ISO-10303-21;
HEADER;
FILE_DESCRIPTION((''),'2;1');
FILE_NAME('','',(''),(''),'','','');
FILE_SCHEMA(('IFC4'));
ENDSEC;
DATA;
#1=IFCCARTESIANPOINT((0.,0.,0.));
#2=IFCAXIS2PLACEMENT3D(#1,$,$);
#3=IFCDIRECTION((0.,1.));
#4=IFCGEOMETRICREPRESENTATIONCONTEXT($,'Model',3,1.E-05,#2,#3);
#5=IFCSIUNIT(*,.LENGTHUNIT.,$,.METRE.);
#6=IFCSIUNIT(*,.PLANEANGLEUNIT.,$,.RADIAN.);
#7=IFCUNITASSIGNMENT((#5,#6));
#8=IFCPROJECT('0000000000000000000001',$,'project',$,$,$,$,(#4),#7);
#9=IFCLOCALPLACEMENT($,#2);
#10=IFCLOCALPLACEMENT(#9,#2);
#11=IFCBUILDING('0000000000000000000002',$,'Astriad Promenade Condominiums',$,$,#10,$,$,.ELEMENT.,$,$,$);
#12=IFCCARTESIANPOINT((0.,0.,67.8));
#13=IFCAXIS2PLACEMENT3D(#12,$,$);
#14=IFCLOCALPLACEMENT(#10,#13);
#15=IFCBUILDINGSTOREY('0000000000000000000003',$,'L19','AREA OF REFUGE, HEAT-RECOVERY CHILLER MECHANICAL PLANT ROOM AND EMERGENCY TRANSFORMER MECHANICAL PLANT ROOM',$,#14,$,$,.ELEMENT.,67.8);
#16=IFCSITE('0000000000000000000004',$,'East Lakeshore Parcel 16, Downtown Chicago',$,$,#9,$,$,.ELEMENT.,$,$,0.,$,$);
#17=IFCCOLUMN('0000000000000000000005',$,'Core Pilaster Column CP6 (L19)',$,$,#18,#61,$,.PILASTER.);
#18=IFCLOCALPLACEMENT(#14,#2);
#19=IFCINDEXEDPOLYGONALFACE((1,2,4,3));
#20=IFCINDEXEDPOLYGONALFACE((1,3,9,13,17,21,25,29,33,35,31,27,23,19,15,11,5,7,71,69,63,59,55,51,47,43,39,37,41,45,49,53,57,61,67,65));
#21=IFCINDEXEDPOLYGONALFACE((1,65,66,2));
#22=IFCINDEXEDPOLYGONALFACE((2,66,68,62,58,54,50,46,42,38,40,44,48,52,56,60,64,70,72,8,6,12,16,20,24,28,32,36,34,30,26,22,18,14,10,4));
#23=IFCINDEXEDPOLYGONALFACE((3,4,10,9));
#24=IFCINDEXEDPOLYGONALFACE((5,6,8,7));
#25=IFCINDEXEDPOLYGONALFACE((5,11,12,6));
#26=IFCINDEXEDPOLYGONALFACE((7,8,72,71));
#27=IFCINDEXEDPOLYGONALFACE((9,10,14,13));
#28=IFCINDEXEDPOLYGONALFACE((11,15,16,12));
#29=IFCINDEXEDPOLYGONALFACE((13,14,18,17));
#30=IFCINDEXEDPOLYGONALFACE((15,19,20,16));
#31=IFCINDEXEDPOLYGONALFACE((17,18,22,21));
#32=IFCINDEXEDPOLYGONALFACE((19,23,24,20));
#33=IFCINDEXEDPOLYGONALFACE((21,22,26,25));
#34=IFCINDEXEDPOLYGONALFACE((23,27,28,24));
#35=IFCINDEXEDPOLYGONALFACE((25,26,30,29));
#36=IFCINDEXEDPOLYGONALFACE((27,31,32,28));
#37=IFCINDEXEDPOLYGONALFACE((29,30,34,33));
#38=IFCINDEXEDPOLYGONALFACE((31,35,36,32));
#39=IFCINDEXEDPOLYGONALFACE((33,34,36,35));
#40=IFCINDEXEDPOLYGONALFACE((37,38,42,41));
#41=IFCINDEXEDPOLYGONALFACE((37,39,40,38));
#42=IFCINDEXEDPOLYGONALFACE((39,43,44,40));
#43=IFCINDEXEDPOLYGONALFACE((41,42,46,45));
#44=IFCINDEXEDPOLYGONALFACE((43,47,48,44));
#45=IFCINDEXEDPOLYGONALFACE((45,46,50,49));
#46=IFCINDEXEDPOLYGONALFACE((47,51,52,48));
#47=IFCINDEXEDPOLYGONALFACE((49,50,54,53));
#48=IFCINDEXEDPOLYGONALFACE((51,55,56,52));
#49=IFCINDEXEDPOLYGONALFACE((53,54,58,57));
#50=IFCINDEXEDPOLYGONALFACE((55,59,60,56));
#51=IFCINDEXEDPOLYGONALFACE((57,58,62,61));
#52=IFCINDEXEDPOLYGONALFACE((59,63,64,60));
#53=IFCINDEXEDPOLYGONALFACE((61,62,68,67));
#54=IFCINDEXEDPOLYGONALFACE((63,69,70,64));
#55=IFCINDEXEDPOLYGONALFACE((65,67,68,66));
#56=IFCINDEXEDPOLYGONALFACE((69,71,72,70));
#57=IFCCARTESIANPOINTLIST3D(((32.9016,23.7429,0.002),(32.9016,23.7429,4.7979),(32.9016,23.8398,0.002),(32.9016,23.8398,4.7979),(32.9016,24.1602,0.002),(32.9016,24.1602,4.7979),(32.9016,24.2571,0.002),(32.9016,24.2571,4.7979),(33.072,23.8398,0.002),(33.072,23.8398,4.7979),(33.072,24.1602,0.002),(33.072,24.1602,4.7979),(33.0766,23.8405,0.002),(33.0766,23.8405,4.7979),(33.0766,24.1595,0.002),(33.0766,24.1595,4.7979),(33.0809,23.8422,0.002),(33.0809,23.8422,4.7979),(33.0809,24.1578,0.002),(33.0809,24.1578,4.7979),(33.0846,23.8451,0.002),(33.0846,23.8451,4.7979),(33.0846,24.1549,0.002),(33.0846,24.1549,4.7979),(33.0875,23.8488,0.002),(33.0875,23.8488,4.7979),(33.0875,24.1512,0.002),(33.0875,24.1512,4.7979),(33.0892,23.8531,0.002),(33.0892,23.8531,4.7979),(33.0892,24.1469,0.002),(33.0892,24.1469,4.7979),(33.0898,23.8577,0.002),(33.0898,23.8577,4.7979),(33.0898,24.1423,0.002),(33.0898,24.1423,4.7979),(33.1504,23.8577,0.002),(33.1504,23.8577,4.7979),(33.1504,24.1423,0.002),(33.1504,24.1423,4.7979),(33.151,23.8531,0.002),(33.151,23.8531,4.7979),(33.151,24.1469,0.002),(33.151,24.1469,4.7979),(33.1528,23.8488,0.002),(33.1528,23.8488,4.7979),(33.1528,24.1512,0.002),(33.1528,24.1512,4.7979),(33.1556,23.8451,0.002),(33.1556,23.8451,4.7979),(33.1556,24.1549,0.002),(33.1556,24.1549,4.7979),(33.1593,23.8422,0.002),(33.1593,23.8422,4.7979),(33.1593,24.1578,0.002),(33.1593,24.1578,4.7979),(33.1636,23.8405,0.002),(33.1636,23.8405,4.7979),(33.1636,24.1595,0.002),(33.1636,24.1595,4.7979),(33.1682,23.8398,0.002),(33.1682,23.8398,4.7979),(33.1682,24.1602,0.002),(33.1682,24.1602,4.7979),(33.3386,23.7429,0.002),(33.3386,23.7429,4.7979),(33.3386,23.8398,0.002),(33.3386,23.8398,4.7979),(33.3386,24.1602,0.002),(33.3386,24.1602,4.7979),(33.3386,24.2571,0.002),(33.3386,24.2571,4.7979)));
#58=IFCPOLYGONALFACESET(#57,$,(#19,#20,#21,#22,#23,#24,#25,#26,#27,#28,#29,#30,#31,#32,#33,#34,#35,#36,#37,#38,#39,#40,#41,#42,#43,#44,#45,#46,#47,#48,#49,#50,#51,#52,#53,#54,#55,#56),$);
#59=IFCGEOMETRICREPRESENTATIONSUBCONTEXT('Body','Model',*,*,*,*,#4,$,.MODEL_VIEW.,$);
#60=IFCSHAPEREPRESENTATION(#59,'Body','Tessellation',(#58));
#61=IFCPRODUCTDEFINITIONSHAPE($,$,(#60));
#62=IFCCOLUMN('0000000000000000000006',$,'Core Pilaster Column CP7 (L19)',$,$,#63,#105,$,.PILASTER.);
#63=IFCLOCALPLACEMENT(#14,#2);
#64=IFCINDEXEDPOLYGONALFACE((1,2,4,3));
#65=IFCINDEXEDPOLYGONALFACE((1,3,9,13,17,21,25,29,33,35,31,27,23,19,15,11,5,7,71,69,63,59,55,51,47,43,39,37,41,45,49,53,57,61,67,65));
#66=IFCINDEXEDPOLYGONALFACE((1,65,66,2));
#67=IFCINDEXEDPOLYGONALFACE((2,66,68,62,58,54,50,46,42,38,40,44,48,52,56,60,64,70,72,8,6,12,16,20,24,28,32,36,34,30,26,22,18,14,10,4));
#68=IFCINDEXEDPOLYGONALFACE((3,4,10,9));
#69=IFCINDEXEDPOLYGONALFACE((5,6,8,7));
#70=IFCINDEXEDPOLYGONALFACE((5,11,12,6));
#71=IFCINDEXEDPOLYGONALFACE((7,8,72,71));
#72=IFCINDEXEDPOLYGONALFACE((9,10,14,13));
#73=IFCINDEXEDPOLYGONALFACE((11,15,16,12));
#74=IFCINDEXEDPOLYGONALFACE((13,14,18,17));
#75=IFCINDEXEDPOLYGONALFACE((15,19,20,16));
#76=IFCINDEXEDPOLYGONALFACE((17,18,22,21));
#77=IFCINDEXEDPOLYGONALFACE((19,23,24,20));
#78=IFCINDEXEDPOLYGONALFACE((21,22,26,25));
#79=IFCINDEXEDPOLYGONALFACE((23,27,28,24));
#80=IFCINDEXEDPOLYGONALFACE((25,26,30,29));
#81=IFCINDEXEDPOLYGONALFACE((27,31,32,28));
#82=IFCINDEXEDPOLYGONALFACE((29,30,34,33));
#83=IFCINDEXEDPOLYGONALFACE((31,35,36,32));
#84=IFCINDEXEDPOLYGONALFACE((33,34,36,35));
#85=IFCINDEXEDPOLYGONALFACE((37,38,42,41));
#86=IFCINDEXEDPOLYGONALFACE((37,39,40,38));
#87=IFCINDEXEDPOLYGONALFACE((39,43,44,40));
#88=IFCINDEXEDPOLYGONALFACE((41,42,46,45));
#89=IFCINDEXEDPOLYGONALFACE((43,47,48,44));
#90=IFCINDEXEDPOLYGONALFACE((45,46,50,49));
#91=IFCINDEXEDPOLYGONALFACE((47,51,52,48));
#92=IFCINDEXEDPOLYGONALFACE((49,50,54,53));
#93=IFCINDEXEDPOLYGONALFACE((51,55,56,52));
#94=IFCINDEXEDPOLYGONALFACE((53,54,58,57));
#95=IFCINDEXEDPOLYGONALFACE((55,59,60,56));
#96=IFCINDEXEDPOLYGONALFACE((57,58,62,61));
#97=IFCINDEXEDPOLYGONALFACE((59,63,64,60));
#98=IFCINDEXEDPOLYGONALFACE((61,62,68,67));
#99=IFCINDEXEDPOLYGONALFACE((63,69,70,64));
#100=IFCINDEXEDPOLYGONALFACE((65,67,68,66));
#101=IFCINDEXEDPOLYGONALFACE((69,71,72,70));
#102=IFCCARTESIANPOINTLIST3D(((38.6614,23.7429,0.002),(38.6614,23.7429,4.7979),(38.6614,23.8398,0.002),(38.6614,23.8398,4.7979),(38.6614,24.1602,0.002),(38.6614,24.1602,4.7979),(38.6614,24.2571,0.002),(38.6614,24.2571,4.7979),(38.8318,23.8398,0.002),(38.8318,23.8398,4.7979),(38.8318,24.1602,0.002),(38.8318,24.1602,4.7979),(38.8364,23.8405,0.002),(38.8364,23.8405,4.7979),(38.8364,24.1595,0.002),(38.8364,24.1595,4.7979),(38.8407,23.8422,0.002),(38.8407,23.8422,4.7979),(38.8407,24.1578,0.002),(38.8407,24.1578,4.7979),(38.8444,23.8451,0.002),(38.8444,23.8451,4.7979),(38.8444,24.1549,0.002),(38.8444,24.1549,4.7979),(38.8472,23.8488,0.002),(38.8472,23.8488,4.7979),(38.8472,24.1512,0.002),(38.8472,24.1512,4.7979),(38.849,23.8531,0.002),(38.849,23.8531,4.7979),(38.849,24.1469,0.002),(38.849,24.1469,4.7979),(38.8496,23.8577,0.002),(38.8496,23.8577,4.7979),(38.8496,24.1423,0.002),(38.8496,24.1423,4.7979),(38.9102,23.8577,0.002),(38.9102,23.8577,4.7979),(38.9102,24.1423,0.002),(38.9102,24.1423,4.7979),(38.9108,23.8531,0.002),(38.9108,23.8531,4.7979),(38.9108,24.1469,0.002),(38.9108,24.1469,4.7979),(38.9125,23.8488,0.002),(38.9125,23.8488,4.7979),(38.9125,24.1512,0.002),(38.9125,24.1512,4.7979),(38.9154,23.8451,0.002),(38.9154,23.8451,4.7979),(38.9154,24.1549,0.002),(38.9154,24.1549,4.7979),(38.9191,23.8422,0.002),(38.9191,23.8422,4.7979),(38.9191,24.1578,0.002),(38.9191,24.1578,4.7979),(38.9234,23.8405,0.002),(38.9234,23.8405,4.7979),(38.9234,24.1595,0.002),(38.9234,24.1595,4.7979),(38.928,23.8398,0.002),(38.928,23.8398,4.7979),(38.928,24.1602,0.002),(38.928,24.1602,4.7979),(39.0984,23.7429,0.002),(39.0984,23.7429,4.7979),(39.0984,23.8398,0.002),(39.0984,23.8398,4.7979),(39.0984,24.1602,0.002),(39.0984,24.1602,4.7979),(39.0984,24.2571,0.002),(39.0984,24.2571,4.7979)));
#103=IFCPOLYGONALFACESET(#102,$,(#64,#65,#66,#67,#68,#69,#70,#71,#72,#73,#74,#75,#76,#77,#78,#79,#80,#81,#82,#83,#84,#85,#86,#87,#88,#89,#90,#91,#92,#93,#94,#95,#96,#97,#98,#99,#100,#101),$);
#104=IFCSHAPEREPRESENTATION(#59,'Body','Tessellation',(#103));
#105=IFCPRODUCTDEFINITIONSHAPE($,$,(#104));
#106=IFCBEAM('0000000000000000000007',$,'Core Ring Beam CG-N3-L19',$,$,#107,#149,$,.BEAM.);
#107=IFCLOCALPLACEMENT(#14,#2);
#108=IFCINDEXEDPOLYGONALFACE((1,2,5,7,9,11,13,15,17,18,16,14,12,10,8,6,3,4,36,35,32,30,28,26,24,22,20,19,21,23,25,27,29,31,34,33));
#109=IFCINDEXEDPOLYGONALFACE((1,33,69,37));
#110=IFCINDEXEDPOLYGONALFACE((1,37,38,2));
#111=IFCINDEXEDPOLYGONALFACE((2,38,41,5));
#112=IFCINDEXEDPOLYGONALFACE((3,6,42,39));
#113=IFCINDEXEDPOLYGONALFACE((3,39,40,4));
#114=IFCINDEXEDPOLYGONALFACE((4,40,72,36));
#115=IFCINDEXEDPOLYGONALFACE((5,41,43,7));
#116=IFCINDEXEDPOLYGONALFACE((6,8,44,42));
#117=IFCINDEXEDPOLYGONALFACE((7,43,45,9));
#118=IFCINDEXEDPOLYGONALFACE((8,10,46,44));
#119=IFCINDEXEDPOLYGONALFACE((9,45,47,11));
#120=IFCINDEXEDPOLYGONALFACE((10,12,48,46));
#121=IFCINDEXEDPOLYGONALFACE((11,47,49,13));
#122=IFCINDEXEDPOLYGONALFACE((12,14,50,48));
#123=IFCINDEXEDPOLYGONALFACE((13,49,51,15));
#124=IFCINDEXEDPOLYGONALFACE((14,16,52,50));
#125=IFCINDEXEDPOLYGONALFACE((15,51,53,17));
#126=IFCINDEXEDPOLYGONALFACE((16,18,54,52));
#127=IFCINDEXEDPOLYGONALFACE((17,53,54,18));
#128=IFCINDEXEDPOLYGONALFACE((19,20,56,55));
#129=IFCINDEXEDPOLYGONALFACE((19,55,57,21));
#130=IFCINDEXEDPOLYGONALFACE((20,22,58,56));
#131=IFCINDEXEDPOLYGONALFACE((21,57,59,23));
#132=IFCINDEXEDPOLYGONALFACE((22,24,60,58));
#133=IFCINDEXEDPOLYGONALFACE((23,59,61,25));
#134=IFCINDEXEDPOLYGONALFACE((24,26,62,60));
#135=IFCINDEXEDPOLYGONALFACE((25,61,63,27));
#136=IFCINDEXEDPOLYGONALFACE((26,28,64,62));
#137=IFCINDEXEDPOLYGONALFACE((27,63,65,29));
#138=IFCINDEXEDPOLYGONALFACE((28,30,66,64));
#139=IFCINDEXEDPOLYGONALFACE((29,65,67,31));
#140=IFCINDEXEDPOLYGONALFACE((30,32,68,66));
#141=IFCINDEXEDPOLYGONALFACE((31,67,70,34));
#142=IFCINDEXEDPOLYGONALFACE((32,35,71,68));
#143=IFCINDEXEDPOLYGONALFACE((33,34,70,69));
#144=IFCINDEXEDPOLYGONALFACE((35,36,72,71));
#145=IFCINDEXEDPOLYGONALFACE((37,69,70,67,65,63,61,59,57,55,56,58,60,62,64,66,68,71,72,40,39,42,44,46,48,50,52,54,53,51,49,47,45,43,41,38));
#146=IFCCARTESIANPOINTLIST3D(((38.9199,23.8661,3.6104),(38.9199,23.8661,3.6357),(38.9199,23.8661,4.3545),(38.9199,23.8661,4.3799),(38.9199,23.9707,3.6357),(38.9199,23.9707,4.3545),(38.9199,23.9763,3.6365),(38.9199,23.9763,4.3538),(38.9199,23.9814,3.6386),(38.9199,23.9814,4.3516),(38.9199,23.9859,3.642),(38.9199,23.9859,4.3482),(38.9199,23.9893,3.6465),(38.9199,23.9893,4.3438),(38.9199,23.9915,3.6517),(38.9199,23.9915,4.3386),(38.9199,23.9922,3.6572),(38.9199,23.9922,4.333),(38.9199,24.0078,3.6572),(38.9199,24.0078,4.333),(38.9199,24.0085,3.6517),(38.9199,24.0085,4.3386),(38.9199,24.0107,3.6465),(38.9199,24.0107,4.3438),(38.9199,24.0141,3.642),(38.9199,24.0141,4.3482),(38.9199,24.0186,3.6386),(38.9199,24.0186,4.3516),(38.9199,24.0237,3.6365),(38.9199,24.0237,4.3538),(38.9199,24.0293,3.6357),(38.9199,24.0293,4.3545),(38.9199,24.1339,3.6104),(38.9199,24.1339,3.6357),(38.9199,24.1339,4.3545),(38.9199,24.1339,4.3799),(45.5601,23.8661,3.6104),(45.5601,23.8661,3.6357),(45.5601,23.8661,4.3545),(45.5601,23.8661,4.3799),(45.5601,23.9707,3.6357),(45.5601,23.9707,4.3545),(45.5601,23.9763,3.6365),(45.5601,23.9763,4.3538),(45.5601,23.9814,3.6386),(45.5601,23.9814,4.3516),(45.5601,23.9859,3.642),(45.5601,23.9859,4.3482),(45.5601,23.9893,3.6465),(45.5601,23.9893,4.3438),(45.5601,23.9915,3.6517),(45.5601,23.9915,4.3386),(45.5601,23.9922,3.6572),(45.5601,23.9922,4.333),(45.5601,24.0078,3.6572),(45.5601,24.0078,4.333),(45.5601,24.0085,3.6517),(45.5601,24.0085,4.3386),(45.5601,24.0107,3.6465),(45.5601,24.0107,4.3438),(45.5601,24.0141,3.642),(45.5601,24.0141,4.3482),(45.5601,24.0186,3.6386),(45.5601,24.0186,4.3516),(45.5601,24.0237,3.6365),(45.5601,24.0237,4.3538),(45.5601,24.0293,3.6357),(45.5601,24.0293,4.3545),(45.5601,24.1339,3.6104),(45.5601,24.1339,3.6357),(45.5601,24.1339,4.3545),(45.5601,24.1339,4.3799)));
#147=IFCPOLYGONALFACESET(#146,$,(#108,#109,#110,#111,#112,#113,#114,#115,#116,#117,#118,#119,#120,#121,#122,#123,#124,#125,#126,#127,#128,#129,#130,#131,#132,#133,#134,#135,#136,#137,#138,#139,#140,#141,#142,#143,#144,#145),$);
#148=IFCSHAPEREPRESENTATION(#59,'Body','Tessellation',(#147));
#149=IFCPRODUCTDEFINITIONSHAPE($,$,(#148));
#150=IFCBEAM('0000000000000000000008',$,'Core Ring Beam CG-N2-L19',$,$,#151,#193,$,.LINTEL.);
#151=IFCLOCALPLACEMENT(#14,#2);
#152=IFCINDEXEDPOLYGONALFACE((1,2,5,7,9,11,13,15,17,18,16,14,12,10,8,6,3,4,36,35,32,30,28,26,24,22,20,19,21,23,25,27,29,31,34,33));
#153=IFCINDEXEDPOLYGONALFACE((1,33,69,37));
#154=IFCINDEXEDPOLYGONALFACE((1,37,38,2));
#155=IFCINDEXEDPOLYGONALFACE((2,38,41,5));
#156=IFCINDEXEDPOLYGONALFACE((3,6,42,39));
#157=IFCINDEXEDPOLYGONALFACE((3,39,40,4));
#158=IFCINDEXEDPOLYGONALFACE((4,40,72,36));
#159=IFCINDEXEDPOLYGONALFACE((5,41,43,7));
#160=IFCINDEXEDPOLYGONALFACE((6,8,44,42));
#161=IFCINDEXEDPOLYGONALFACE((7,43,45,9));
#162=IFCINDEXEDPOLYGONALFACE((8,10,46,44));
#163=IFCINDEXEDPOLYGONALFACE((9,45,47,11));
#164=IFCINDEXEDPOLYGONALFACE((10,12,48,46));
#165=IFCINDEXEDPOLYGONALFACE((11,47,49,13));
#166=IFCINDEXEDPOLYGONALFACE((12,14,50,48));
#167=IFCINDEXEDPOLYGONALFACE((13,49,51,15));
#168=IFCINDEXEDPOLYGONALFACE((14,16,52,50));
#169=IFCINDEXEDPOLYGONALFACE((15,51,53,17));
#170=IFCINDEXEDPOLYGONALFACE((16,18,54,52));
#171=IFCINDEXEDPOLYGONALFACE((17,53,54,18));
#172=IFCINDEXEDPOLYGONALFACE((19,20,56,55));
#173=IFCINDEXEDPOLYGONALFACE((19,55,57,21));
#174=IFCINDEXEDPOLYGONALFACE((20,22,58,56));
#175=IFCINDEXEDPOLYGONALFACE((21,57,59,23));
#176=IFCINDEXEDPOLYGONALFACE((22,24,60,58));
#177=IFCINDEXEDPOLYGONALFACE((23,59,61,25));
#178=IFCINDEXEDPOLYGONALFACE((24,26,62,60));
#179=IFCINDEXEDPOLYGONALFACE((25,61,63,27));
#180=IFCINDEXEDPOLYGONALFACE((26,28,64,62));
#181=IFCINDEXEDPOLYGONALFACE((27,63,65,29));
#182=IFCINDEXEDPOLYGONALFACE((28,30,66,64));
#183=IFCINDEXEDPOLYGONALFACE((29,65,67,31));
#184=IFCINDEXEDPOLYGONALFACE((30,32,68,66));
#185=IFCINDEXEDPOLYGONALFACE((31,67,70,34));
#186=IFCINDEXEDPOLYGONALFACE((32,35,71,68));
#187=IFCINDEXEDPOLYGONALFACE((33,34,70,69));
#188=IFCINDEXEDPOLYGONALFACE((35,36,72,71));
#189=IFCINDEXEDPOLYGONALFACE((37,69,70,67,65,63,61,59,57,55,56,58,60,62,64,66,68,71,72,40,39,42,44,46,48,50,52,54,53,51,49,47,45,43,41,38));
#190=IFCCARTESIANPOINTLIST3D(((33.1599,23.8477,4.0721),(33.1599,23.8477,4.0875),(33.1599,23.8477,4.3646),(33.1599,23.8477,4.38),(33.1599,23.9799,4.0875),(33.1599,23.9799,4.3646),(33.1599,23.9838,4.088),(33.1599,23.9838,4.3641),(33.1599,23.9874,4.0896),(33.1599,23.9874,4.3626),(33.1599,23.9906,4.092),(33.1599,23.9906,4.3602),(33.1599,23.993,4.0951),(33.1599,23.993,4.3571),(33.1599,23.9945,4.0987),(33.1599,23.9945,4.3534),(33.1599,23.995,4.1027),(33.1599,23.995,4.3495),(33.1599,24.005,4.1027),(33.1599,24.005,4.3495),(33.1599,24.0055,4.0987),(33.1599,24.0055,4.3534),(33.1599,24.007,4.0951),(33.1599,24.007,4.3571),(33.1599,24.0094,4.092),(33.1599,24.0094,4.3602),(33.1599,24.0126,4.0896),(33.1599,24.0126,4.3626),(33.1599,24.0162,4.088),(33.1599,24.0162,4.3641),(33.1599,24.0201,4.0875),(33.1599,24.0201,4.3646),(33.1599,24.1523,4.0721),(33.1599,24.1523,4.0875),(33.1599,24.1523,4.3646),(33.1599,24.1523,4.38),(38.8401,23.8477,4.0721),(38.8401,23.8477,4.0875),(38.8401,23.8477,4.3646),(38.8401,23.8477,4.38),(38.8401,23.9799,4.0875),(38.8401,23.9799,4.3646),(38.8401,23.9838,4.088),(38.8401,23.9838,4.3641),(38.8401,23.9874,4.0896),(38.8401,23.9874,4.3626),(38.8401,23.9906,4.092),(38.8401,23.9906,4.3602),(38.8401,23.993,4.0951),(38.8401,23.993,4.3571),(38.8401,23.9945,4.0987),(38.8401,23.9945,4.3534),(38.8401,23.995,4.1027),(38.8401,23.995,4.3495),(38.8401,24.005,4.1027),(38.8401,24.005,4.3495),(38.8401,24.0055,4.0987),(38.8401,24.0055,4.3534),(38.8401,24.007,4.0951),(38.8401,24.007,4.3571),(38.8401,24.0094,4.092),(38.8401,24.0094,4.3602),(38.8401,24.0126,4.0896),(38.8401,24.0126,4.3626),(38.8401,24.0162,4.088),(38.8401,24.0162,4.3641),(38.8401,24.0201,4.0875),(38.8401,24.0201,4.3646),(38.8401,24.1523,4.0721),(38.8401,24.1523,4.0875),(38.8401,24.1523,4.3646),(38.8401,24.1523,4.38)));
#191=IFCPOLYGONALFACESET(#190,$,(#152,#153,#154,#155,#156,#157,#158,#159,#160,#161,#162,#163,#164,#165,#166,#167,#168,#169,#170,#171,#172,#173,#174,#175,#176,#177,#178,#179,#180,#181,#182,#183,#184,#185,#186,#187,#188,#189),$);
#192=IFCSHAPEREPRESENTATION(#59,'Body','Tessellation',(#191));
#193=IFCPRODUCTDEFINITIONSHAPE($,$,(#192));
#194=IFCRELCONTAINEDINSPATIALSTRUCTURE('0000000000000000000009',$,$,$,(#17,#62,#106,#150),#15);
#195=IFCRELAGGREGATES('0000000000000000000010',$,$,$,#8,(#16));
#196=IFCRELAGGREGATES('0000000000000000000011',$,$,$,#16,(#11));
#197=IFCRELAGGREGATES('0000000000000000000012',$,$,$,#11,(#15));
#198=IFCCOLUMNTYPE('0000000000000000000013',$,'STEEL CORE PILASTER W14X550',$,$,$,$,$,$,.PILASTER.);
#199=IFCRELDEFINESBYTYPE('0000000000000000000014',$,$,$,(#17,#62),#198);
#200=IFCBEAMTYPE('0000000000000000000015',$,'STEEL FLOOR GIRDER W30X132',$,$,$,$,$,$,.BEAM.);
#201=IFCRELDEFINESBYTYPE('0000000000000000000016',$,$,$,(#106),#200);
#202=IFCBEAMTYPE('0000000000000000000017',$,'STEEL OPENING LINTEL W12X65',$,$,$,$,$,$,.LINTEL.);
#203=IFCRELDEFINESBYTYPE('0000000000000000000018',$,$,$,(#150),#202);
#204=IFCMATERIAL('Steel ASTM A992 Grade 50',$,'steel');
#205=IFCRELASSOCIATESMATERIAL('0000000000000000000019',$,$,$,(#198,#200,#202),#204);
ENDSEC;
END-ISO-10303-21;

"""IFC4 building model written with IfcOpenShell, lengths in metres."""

from ifc_helpers import new_model, si_unit, direction, frame, origin, origin_2d, place, context, subcontext, project, spatial, i_section, extrude, source, transform, mapped, material, material_profile, profile_set, type_object, type_shapes, element, save


model = new_model("IFC4")

# Units and contexts
model_context = context("Model", 3, precision=1e-05, world=origin(), true_north=direction((0.0, 1.0)))
body_context = subcontext(model_context, "Body", "Model", "MODEL_VIEW")
ifc_project = project(units=[si_unit("LENGTHUNIT", "METRE"), si_unit("PLANEANGLEUNIT", "RADIAN")], contexts=[model_context])

# Site, building, storey
site_placement = place(None, origin())
site = spatial("IfcSite", under=ifc_project, at=site_placement, Name="East Lakeshore Parcel 16, Downtown Chicago", CompositionType="ELEMENT", RefElevation=0.0)
building_placement = place(site_placement, origin())
building = spatial("IfcBuilding", under=site, at=building_placement, Name="Astriad Promenade Condominiums", CompositionType="ELEMENT")
storey_placement = place(building_placement, frame((0.0, 0.0, 67.8)))
storey = spatial("IfcBuildingStorey", under=building, at=storey_placement, Name="L19", Description="AREA OF REFUGE, HEAT-RECOVERY CHILLER MECHANICAL PLANT ROOM AND EMERGENCY TRANSFORMER MECHANICAL PLANT ROOM", CompositionType="ELEMENT", Elevation=67.8)

# Columns
ifc_material_1 = material(Name="Steel ASTM A992 Grade 50", Category="steel")
ifc_material_profile_1 = material_profile(ifc_material_1, i_section(OverallWidth=0.437, OverallDepth=0.5142, WebThickness=0.0605, FlangeThickness=0.0969, FilletRadius=0.0178, at=origin_2d()), Name="W14X550")
ifc_profile_set_1 = profile_set([ifc_material_profile_1], Name="Steel ASTM A992 Grade 50")
column_type = type_object("IfcColumnType", Name="STEEL CORE PILASTER W14X550", PredefinedType="PILASTER", material=ifc_profile_set_1)
shared_shape_1 = source(origin(), body_context, "Body", "SweptSolid", [
    extrude(i_section(OverallWidth=0.437, OverallDepth=0.5142, WebThickness=0.0605, FlangeThickness=0.0969, FilletRadius=0.0178, at=origin_2d()), origin(), (0.0, 0.0, 1.0), 4.7959),
])
type_shapes(column_type, [shared_shape_1])
for number, where, z_axis, x_axis, name in (
    (1, (33.1201, 24.0, 0.002), (0.0, 0.0, 1.0), (1.0, 0.0, 0.0), "Core Pilaster Column CP6 (L19)"),
    (2, (38.8799, 24.0, 0.002), (0.0, 0.0, 1.0), (1.0, 0.0, 0.0), "Core Pilaster Column CP7 (L19)"),
):
    element("IfcColumn", number, at=place(storey_placement, frame(where, z_axis=z_axis, x_axis=x_axis)), inside=storey, type_object=column_type, Name=name, PredefinedType="PILASTER", context=body_context, shape_type="MappedRepresentation", body=[
        mapped(shared_shape_1, transform((0.0, 0.0, 0.0), scale=1.0)),
    ])

# Beams
ifc_material_profile_2 = material_profile(ifc_material_1, i_section(OverallWidth=0.2678, OverallDepth=0.7695, WebThickness=0.0156, FlangeThickness=0.0254, FilletRadius=0.0215, at=origin_2d()), Name="W30X132")
ifc_profile_set_2 = profile_set([ifc_material_profile_2], Name="Steel ASTM A992 Grade 50")
beam_type_1 = type_object("IfcBeamType", Name="STEEL FLOOR GIRDER W30X132", PredefinedType="BEAM", material=ifc_profile_set_2)
shared_shape_2 = source(origin(), body_context, "Body", "SweptSolid", [
    extrude(i_section(OverallWidth=0.2678, OverallDepth=0.7695, WebThickness=0.0156, FlangeThickness=0.0254, FilletRadius=0.0215, at=origin_2d()), origin(), (0.0, 0.0, 1.0), 6.6401),
])
type_shapes(beam_type_1, [shared_shape_2])
beam_1_placement = place(storey_placement, frame((38.9199, 24.0, 3.9951), z_axis=(1.0, 0.0, 0.0), x_axis=(0.0, 1.0, 0.0)))
element("IfcBeam", 3, at=beam_1_placement, inside=storey, type_object=beam_type_1, Name="Core Ring Beam CG-N3-L19", PredefinedType="BEAM", context=body_context, shape_type="MappedRepresentation", body=[
    mapped(shared_shape_2, transform((0.0, 0.0, 0.0), scale=1.0)),
])
ifc_material_profile_3 = material_profile(ifc_material_1, i_section(OverallWidth=0.3047, OverallDepth=0.3079, WebThickness=0.01, FlangeThickness=0.0154, FilletRadius=0.0151, at=origin_2d()), Name="W12X65")
ifc_profile_set_3 = profile_set([ifc_material_profile_3], Name="Steel ASTM A992 Grade 50")
beam_type_2 = type_object("IfcBeamType", Name="STEEL OPENING LINTEL W12X65", PredefinedType="LINTEL", material=ifc_profile_set_3)
shared_shape_3 = source(origin(), body_context, "Body", "SweptSolid", [
    extrude(i_section(OverallWidth=0.3047, OverallDepth=0.3079, WebThickness=0.01, FlangeThickness=0.0154, FilletRadius=0.0151, at=origin_2d()), origin(), (0.0, 0.0, 1.0), 5.6802),
])
type_shapes(beam_type_2, [shared_shape_3])
beam_2_placement = place(storey_placement, frame((33.1599, 24.0, 4.2261), z_axis=(1.0, 0.0, 0.0), x_axis=(0.0, 1.0, 0.0)))
element("IfcBeam", 4, at=beam_2_placement, inside=storey, type_object=beam_type_2, Name="Core Ring Beam CG-N2-L19", PredefinedType="LINTEL", context=body_context, shape_type="MappedRepresentation", body=[
    mapped(shared_shape_3, transform((0.0, 0.0, 0.0), scale=1.0)),
])

save(model, "model.ifc")
